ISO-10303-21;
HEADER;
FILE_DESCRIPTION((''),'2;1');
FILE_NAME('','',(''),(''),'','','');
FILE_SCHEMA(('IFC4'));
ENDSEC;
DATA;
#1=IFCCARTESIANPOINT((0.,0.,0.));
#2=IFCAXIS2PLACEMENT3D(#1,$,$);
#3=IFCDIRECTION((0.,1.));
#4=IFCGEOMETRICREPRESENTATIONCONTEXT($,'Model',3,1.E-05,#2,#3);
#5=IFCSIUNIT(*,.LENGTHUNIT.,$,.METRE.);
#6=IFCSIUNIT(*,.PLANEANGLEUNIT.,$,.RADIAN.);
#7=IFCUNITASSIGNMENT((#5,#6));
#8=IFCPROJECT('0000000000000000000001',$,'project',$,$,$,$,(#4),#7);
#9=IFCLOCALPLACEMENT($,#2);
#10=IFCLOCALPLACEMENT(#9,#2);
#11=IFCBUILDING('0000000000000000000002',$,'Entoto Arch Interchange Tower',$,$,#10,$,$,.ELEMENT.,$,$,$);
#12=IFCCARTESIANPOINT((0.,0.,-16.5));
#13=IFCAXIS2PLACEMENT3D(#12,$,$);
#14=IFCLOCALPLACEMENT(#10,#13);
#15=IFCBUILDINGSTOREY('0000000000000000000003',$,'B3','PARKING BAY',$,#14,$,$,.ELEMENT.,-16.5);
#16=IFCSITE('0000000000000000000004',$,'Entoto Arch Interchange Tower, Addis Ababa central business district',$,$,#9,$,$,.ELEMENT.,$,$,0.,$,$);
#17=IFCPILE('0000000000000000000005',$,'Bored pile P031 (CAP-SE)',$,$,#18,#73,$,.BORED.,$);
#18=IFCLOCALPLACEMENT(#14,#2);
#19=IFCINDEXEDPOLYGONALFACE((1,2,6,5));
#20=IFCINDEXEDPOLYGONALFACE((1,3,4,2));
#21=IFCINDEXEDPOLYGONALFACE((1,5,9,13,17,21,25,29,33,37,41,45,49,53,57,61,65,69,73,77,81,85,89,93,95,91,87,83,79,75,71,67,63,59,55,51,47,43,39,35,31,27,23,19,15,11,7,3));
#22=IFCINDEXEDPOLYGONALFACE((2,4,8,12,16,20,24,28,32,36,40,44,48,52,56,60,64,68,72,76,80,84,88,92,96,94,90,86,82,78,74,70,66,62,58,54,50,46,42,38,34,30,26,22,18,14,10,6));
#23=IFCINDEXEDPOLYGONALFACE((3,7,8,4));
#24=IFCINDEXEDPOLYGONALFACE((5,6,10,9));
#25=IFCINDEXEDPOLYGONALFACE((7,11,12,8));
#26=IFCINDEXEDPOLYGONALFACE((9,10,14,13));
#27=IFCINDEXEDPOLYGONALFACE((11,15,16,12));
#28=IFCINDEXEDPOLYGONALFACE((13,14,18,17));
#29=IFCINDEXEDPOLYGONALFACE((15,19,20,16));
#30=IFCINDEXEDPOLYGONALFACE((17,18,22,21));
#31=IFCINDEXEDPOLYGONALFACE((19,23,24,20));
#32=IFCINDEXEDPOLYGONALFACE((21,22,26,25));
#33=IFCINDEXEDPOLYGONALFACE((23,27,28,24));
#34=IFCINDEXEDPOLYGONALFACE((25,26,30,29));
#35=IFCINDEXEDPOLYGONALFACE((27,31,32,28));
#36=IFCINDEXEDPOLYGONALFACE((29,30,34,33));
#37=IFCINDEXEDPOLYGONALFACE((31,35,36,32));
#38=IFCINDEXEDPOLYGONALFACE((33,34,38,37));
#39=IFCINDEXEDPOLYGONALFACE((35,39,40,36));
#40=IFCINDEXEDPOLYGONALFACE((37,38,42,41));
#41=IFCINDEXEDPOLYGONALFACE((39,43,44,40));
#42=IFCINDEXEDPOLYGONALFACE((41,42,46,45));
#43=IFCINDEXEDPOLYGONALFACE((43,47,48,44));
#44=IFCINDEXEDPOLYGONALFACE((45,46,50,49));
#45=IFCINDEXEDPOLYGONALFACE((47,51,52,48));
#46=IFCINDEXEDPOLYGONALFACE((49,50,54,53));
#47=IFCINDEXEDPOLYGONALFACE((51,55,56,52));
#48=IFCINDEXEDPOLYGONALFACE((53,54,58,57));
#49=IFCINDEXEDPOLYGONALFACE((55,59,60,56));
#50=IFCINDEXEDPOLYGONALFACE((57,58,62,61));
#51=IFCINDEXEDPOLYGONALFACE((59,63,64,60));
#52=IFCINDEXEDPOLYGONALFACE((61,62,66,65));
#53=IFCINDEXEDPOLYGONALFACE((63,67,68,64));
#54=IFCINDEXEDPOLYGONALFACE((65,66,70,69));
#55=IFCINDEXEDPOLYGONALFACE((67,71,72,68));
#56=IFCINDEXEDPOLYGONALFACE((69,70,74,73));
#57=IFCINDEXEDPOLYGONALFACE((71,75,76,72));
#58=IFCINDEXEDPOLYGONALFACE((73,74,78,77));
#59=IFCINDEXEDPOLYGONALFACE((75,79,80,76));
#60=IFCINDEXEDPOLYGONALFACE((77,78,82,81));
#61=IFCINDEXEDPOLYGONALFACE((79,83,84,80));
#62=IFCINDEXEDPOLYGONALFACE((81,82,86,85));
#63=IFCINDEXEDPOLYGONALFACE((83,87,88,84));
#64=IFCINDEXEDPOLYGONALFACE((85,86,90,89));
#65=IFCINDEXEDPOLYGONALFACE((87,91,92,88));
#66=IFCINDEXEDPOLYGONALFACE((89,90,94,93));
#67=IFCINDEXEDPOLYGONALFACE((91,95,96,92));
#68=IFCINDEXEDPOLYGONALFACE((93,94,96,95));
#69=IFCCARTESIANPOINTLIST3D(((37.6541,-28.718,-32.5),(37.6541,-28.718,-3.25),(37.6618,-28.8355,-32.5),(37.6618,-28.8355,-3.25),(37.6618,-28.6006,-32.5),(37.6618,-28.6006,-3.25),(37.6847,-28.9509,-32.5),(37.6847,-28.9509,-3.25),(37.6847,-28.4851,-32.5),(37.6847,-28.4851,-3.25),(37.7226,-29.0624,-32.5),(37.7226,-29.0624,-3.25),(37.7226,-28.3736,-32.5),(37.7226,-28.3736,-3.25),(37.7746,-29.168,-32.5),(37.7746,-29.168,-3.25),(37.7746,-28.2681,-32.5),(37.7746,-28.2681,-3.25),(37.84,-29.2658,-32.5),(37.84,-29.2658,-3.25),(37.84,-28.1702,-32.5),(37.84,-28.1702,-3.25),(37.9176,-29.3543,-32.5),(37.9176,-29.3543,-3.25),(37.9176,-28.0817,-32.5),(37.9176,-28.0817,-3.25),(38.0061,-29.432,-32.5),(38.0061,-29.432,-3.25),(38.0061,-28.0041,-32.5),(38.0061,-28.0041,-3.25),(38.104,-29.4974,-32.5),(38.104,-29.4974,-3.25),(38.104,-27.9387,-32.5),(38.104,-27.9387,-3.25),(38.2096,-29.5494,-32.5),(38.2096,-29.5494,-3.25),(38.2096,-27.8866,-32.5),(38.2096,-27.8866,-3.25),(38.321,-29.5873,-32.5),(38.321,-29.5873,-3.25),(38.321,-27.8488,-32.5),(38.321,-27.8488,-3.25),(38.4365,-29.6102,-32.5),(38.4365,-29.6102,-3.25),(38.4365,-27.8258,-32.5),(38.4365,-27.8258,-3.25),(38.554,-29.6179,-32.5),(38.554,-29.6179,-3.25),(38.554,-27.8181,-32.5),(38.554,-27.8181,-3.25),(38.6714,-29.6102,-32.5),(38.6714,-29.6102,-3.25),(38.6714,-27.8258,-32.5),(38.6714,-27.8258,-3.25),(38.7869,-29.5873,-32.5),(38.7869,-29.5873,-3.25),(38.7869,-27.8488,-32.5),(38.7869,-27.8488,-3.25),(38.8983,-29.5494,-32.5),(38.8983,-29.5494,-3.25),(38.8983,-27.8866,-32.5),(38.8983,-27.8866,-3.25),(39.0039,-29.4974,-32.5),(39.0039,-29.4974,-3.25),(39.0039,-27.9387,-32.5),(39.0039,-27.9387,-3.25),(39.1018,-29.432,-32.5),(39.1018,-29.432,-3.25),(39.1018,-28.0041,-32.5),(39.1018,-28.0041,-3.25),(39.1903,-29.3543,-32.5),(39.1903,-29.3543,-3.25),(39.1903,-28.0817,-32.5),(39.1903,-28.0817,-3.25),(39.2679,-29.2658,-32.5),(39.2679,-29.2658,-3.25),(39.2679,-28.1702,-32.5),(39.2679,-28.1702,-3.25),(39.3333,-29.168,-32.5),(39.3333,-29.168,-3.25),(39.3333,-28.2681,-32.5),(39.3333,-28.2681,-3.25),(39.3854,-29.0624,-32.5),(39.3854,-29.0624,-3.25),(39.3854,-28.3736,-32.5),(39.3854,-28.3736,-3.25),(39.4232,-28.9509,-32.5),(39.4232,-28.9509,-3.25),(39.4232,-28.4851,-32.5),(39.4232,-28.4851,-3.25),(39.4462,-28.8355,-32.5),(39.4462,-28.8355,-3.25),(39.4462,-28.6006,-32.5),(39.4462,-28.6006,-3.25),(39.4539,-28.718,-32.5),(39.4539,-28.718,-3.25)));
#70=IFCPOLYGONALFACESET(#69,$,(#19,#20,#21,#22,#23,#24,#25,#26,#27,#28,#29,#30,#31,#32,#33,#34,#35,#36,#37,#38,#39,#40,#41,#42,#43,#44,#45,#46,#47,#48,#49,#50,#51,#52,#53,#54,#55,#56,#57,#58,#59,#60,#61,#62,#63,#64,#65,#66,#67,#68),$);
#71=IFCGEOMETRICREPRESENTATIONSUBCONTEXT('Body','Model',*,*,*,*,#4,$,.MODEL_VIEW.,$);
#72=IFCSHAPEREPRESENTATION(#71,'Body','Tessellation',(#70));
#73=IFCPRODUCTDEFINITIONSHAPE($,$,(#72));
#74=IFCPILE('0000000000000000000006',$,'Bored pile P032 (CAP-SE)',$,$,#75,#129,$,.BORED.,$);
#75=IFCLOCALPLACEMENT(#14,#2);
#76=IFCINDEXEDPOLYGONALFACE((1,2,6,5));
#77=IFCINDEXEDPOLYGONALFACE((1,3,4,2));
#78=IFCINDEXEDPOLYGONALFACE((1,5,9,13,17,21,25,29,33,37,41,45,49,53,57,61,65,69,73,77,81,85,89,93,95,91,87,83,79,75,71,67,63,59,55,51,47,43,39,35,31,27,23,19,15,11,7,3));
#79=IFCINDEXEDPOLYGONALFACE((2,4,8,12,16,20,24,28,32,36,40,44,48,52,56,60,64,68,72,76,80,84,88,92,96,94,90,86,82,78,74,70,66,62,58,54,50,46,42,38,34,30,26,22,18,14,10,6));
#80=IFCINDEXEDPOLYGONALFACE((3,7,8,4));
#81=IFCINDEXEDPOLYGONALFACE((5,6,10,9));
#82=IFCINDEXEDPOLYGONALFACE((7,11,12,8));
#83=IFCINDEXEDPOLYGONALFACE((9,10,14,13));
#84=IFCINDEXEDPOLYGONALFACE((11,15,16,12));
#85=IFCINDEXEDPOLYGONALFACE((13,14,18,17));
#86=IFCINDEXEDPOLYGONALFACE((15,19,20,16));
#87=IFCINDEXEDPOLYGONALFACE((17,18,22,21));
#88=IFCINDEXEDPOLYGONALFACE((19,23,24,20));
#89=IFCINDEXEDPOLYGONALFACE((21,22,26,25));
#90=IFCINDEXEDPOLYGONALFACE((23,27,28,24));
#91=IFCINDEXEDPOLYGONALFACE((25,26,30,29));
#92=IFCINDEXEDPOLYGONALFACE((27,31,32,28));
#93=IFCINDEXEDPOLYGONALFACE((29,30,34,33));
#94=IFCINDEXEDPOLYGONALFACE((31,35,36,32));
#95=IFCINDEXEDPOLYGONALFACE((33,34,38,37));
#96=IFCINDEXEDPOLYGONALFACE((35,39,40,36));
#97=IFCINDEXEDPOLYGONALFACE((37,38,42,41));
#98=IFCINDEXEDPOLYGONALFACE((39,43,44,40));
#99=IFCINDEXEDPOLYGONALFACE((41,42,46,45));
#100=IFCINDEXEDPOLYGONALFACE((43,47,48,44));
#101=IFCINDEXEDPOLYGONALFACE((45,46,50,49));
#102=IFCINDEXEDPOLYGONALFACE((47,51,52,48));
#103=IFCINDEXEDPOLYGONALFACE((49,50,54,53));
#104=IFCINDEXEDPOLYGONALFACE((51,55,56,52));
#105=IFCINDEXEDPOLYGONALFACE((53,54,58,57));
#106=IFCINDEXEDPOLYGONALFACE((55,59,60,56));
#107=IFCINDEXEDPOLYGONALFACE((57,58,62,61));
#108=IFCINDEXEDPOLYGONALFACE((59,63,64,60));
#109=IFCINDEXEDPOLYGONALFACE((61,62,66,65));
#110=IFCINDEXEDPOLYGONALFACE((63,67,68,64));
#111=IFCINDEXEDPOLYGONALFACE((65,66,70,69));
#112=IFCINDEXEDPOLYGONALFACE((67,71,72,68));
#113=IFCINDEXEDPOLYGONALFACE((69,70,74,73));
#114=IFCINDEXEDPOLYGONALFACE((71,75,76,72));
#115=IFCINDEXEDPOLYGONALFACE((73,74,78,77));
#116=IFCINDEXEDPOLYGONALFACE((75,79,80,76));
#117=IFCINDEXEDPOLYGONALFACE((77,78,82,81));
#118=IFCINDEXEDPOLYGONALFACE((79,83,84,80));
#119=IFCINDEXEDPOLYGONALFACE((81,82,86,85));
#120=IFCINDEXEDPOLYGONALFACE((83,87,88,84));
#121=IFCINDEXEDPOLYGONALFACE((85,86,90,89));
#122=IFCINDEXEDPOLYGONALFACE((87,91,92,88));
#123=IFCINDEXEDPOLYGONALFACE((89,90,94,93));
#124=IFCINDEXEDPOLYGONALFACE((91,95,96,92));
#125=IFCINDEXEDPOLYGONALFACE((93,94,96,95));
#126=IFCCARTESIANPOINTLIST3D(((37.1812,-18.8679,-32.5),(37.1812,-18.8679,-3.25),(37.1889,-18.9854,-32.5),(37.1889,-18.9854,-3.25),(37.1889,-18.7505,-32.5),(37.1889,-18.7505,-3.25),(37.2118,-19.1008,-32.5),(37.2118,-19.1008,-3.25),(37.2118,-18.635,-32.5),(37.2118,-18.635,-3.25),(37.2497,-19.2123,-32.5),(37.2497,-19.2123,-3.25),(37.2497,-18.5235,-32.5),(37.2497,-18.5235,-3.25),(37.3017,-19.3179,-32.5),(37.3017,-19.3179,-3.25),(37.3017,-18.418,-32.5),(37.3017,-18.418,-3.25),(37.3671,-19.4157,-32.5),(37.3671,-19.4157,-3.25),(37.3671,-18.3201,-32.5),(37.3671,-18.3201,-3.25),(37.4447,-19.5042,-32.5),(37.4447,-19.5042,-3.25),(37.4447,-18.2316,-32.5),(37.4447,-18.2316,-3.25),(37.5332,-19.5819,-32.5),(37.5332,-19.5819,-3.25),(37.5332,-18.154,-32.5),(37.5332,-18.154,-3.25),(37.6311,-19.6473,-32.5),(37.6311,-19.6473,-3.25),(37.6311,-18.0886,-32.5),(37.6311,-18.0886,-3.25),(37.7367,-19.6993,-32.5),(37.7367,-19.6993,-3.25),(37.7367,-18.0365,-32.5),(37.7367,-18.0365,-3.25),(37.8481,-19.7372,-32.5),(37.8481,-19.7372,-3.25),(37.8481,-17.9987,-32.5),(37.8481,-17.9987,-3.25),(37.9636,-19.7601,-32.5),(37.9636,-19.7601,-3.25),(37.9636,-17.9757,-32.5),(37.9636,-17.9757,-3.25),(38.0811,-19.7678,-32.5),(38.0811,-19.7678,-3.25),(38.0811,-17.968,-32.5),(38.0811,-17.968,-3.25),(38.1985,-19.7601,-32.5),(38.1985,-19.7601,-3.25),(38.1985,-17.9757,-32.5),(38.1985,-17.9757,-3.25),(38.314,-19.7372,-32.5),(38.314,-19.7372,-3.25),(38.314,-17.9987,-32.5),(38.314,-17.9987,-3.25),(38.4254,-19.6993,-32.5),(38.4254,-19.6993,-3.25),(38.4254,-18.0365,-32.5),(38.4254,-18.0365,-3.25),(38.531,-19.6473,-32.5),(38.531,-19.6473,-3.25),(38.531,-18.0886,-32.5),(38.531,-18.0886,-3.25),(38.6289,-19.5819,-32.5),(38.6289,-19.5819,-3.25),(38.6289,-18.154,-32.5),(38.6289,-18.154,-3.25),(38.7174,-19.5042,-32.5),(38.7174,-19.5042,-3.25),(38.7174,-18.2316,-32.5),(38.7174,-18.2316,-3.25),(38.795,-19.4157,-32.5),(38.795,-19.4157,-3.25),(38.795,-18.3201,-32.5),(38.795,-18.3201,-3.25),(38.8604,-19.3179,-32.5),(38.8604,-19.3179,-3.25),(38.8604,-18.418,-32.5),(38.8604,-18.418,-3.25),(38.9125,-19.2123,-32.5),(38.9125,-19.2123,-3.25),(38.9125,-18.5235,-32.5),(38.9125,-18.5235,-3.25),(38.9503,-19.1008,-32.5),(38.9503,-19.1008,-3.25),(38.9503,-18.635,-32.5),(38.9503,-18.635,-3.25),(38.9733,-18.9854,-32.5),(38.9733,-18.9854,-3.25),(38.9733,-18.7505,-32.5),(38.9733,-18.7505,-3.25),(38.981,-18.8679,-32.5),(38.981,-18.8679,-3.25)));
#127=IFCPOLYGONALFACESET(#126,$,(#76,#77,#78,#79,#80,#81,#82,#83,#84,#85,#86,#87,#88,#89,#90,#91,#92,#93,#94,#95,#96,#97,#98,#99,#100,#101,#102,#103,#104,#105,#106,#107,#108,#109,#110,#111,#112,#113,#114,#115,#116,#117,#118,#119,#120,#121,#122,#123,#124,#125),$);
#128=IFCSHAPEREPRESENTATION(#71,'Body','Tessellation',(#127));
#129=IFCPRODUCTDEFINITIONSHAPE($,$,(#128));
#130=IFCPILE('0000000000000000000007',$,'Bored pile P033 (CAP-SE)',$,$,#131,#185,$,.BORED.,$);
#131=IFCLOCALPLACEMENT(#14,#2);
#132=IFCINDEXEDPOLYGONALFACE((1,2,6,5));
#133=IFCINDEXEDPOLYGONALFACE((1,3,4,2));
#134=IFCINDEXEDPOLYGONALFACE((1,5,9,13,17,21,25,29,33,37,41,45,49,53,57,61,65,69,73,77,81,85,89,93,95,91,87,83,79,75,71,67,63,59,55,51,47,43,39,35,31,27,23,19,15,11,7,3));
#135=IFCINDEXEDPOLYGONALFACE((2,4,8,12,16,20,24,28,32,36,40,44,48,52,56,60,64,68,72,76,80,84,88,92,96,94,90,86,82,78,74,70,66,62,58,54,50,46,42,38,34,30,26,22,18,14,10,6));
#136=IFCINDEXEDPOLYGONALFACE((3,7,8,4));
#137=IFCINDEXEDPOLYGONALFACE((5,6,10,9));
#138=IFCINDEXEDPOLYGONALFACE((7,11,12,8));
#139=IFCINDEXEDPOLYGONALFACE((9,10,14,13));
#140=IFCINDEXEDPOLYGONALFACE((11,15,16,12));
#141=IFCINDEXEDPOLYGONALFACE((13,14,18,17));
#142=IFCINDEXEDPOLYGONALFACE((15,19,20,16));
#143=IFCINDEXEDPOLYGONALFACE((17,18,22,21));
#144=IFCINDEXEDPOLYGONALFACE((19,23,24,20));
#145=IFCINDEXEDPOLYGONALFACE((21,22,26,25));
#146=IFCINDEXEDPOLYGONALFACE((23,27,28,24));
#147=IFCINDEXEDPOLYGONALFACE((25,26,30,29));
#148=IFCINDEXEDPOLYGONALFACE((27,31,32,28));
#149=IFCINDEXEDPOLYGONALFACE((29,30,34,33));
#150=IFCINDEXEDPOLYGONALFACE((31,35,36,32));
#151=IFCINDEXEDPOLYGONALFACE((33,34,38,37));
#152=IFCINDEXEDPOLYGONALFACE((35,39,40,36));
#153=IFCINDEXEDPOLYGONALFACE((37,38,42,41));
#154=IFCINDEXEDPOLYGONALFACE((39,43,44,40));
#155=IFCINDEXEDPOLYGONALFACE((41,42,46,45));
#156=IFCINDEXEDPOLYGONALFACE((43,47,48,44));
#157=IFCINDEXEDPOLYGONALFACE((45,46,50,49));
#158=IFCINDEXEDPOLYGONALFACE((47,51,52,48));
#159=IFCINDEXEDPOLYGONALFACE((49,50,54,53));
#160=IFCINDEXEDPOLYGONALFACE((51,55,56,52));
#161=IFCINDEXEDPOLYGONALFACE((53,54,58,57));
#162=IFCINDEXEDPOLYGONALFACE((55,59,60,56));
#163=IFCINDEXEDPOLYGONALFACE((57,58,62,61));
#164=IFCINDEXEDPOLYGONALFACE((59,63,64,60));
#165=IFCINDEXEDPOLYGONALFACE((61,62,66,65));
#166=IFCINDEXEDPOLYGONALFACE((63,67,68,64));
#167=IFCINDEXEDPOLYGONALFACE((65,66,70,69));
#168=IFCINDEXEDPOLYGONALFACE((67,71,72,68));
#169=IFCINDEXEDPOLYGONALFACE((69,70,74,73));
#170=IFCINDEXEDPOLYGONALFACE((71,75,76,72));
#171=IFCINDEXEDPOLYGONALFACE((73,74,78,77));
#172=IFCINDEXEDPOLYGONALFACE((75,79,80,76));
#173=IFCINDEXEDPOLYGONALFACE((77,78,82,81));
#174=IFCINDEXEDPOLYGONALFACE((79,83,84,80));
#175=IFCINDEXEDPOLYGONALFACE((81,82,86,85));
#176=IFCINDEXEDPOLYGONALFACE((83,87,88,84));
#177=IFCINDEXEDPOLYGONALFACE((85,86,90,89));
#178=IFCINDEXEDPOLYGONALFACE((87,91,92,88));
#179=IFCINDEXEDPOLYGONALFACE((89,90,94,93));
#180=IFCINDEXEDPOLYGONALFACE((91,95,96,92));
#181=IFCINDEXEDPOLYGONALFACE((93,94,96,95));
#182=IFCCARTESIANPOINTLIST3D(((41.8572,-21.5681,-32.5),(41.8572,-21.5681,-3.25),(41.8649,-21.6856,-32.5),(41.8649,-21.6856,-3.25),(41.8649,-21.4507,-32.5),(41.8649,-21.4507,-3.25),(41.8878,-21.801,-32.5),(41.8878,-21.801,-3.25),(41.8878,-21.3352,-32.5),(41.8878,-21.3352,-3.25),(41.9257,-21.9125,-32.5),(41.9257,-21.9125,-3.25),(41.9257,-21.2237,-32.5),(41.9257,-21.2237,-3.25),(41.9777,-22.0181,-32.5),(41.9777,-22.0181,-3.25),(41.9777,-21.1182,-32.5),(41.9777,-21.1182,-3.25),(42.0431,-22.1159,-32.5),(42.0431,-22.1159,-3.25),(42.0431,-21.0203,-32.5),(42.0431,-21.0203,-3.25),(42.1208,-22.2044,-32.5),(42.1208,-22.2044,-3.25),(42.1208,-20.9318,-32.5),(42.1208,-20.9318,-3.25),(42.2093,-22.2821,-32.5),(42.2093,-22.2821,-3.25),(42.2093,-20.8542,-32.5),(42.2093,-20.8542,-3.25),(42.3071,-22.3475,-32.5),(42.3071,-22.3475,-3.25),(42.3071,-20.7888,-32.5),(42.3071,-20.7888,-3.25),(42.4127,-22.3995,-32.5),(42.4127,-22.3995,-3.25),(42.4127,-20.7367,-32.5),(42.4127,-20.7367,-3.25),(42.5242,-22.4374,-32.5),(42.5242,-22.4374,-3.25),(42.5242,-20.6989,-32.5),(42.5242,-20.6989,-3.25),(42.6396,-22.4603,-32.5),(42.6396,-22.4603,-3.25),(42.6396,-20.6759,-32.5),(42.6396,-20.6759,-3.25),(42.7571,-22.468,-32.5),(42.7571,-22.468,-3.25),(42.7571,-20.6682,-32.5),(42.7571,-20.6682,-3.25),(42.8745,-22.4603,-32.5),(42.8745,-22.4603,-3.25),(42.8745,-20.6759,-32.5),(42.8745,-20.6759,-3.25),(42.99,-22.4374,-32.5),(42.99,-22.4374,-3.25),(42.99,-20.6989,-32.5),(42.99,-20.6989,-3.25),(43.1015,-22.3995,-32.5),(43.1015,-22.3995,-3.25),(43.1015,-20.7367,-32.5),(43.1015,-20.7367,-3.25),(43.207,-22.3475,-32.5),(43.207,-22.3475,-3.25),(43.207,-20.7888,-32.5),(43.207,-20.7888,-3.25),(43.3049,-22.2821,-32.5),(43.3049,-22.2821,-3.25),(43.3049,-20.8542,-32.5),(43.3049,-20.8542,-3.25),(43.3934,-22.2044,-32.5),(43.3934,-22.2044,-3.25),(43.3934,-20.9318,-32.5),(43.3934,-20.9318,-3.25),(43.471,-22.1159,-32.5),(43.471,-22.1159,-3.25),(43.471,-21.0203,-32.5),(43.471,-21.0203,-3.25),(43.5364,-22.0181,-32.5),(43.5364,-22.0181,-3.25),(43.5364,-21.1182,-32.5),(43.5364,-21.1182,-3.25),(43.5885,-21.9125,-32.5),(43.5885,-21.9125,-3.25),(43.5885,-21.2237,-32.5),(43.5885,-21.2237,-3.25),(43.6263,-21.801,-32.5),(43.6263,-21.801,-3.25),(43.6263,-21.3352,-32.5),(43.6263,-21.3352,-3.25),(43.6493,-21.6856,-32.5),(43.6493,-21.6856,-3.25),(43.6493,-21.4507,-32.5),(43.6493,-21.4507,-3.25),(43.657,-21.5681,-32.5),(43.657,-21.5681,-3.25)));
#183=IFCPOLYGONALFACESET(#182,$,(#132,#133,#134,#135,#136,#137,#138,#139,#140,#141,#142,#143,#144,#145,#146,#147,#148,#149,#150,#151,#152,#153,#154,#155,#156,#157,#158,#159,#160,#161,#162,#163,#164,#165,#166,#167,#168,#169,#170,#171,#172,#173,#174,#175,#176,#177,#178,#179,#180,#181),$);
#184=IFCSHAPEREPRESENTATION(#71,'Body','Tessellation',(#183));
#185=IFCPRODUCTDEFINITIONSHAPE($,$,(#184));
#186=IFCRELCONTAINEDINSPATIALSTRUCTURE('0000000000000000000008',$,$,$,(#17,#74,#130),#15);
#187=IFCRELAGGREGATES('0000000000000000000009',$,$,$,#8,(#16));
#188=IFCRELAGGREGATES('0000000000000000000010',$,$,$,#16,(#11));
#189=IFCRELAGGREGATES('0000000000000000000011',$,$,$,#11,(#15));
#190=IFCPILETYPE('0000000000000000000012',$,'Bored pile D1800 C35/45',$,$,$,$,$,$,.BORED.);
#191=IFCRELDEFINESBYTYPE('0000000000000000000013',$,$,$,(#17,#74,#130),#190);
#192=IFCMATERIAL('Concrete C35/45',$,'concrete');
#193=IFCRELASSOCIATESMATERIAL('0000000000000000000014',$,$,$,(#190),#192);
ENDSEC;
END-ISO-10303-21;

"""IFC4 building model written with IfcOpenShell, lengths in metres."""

from ifc_helpers import new_model, si_unit, direction, frame, origin, origin_2d, place, context, subcontext, project, spatial, circle, extrude, material, material_profile, profile_set, type_object, element, save


model = new_model("IFC4")

# Units and contexts
model_context = context("Model", 3, precision=1e-05, world=origin(), true_north=direction((0.0, 1.0)))
body_context = subcontext(model_context, "Body", "Model", "MODEL_VIEW")
ifc_project = project(units=[si_unit("LENGTHUNIT", "METRE"), si_unit("PLANEANGLEUNIT", "RADIAN")], contexts=[model_context])

# Site, building, storey
site_placement = place(None, origin())
site = spatial("IfcSite", under=ifc_project, at=site_placement, Name="Entoto Arch Interchange Tower, Addis Ababa central business district", CompositionType="ELEMENT", RefElevation=0.0)
building_placement = place(site_placement, origin())
building = spatial("IfcBuilding", under=site, at=building_placement, Name="Entoto Arch Interchange Tower", CompositionType="ELEMENT")
storey_placement = place(building_placement, frame((0.0, 0.0, -16.5)))
storey = spatial("IfcBuildingStorey", under=building, at=storey_placement, Name="B3", Description="PARKING BAY", CompositionType="ELEMENT", Elevation=-16.5)

# Piles
ifc_material_1 = material(Name="Concrete C35/45", Category="concrete")
ifc_material_profile_1 = material_profile(ifc_material_1, circle(Radius=0.8999, at=origin_2d()))
ifc_profile_set_1 = profile_set([ifc_material_profile_1], Name="Concrete C35/45")
pile_type = type_object("IfcPileType", Name="Bored pile D1800 C35/45", PredefinedType="BORED", material=ifc_profile_set_1)
for number, where, z_axis, x_axis, name in (
    (1, (38.554, -28.718, -3.25), (0.0, 0.0, -1.0), (1.0, 0.0, 0.0), "Bored pile P031 (CAP-SE)"),
    (2, (38.0811, -18.8679, -3.25), (0.0, 0.0, -1.0), (1.0, 0.0, 0.0), "Bored pile P032 (CAP-SE)"),
    (3, (42.7571, -21.5681, -3.25), (0.0, 0.0, -1.0), (1.0, 0.0, 0.0), "Bored pile P033 (CAP-SE)"),
):
    element("IfcPile", number, at=place(storey_placement, frame(where, z_axis=z_axis, x_axis=x_axis)), inside=storey, type_object=pile_type, Name=name, PredefinedType="BORED", context=body_context, shape_type="SweptSolid", body=[
        extrude(circle(Radius=0.8999, at=origin_2d()), origin(), (0.0, 0.0, 1.0), 29.25),
    ])

save(model, "model.ifc")
